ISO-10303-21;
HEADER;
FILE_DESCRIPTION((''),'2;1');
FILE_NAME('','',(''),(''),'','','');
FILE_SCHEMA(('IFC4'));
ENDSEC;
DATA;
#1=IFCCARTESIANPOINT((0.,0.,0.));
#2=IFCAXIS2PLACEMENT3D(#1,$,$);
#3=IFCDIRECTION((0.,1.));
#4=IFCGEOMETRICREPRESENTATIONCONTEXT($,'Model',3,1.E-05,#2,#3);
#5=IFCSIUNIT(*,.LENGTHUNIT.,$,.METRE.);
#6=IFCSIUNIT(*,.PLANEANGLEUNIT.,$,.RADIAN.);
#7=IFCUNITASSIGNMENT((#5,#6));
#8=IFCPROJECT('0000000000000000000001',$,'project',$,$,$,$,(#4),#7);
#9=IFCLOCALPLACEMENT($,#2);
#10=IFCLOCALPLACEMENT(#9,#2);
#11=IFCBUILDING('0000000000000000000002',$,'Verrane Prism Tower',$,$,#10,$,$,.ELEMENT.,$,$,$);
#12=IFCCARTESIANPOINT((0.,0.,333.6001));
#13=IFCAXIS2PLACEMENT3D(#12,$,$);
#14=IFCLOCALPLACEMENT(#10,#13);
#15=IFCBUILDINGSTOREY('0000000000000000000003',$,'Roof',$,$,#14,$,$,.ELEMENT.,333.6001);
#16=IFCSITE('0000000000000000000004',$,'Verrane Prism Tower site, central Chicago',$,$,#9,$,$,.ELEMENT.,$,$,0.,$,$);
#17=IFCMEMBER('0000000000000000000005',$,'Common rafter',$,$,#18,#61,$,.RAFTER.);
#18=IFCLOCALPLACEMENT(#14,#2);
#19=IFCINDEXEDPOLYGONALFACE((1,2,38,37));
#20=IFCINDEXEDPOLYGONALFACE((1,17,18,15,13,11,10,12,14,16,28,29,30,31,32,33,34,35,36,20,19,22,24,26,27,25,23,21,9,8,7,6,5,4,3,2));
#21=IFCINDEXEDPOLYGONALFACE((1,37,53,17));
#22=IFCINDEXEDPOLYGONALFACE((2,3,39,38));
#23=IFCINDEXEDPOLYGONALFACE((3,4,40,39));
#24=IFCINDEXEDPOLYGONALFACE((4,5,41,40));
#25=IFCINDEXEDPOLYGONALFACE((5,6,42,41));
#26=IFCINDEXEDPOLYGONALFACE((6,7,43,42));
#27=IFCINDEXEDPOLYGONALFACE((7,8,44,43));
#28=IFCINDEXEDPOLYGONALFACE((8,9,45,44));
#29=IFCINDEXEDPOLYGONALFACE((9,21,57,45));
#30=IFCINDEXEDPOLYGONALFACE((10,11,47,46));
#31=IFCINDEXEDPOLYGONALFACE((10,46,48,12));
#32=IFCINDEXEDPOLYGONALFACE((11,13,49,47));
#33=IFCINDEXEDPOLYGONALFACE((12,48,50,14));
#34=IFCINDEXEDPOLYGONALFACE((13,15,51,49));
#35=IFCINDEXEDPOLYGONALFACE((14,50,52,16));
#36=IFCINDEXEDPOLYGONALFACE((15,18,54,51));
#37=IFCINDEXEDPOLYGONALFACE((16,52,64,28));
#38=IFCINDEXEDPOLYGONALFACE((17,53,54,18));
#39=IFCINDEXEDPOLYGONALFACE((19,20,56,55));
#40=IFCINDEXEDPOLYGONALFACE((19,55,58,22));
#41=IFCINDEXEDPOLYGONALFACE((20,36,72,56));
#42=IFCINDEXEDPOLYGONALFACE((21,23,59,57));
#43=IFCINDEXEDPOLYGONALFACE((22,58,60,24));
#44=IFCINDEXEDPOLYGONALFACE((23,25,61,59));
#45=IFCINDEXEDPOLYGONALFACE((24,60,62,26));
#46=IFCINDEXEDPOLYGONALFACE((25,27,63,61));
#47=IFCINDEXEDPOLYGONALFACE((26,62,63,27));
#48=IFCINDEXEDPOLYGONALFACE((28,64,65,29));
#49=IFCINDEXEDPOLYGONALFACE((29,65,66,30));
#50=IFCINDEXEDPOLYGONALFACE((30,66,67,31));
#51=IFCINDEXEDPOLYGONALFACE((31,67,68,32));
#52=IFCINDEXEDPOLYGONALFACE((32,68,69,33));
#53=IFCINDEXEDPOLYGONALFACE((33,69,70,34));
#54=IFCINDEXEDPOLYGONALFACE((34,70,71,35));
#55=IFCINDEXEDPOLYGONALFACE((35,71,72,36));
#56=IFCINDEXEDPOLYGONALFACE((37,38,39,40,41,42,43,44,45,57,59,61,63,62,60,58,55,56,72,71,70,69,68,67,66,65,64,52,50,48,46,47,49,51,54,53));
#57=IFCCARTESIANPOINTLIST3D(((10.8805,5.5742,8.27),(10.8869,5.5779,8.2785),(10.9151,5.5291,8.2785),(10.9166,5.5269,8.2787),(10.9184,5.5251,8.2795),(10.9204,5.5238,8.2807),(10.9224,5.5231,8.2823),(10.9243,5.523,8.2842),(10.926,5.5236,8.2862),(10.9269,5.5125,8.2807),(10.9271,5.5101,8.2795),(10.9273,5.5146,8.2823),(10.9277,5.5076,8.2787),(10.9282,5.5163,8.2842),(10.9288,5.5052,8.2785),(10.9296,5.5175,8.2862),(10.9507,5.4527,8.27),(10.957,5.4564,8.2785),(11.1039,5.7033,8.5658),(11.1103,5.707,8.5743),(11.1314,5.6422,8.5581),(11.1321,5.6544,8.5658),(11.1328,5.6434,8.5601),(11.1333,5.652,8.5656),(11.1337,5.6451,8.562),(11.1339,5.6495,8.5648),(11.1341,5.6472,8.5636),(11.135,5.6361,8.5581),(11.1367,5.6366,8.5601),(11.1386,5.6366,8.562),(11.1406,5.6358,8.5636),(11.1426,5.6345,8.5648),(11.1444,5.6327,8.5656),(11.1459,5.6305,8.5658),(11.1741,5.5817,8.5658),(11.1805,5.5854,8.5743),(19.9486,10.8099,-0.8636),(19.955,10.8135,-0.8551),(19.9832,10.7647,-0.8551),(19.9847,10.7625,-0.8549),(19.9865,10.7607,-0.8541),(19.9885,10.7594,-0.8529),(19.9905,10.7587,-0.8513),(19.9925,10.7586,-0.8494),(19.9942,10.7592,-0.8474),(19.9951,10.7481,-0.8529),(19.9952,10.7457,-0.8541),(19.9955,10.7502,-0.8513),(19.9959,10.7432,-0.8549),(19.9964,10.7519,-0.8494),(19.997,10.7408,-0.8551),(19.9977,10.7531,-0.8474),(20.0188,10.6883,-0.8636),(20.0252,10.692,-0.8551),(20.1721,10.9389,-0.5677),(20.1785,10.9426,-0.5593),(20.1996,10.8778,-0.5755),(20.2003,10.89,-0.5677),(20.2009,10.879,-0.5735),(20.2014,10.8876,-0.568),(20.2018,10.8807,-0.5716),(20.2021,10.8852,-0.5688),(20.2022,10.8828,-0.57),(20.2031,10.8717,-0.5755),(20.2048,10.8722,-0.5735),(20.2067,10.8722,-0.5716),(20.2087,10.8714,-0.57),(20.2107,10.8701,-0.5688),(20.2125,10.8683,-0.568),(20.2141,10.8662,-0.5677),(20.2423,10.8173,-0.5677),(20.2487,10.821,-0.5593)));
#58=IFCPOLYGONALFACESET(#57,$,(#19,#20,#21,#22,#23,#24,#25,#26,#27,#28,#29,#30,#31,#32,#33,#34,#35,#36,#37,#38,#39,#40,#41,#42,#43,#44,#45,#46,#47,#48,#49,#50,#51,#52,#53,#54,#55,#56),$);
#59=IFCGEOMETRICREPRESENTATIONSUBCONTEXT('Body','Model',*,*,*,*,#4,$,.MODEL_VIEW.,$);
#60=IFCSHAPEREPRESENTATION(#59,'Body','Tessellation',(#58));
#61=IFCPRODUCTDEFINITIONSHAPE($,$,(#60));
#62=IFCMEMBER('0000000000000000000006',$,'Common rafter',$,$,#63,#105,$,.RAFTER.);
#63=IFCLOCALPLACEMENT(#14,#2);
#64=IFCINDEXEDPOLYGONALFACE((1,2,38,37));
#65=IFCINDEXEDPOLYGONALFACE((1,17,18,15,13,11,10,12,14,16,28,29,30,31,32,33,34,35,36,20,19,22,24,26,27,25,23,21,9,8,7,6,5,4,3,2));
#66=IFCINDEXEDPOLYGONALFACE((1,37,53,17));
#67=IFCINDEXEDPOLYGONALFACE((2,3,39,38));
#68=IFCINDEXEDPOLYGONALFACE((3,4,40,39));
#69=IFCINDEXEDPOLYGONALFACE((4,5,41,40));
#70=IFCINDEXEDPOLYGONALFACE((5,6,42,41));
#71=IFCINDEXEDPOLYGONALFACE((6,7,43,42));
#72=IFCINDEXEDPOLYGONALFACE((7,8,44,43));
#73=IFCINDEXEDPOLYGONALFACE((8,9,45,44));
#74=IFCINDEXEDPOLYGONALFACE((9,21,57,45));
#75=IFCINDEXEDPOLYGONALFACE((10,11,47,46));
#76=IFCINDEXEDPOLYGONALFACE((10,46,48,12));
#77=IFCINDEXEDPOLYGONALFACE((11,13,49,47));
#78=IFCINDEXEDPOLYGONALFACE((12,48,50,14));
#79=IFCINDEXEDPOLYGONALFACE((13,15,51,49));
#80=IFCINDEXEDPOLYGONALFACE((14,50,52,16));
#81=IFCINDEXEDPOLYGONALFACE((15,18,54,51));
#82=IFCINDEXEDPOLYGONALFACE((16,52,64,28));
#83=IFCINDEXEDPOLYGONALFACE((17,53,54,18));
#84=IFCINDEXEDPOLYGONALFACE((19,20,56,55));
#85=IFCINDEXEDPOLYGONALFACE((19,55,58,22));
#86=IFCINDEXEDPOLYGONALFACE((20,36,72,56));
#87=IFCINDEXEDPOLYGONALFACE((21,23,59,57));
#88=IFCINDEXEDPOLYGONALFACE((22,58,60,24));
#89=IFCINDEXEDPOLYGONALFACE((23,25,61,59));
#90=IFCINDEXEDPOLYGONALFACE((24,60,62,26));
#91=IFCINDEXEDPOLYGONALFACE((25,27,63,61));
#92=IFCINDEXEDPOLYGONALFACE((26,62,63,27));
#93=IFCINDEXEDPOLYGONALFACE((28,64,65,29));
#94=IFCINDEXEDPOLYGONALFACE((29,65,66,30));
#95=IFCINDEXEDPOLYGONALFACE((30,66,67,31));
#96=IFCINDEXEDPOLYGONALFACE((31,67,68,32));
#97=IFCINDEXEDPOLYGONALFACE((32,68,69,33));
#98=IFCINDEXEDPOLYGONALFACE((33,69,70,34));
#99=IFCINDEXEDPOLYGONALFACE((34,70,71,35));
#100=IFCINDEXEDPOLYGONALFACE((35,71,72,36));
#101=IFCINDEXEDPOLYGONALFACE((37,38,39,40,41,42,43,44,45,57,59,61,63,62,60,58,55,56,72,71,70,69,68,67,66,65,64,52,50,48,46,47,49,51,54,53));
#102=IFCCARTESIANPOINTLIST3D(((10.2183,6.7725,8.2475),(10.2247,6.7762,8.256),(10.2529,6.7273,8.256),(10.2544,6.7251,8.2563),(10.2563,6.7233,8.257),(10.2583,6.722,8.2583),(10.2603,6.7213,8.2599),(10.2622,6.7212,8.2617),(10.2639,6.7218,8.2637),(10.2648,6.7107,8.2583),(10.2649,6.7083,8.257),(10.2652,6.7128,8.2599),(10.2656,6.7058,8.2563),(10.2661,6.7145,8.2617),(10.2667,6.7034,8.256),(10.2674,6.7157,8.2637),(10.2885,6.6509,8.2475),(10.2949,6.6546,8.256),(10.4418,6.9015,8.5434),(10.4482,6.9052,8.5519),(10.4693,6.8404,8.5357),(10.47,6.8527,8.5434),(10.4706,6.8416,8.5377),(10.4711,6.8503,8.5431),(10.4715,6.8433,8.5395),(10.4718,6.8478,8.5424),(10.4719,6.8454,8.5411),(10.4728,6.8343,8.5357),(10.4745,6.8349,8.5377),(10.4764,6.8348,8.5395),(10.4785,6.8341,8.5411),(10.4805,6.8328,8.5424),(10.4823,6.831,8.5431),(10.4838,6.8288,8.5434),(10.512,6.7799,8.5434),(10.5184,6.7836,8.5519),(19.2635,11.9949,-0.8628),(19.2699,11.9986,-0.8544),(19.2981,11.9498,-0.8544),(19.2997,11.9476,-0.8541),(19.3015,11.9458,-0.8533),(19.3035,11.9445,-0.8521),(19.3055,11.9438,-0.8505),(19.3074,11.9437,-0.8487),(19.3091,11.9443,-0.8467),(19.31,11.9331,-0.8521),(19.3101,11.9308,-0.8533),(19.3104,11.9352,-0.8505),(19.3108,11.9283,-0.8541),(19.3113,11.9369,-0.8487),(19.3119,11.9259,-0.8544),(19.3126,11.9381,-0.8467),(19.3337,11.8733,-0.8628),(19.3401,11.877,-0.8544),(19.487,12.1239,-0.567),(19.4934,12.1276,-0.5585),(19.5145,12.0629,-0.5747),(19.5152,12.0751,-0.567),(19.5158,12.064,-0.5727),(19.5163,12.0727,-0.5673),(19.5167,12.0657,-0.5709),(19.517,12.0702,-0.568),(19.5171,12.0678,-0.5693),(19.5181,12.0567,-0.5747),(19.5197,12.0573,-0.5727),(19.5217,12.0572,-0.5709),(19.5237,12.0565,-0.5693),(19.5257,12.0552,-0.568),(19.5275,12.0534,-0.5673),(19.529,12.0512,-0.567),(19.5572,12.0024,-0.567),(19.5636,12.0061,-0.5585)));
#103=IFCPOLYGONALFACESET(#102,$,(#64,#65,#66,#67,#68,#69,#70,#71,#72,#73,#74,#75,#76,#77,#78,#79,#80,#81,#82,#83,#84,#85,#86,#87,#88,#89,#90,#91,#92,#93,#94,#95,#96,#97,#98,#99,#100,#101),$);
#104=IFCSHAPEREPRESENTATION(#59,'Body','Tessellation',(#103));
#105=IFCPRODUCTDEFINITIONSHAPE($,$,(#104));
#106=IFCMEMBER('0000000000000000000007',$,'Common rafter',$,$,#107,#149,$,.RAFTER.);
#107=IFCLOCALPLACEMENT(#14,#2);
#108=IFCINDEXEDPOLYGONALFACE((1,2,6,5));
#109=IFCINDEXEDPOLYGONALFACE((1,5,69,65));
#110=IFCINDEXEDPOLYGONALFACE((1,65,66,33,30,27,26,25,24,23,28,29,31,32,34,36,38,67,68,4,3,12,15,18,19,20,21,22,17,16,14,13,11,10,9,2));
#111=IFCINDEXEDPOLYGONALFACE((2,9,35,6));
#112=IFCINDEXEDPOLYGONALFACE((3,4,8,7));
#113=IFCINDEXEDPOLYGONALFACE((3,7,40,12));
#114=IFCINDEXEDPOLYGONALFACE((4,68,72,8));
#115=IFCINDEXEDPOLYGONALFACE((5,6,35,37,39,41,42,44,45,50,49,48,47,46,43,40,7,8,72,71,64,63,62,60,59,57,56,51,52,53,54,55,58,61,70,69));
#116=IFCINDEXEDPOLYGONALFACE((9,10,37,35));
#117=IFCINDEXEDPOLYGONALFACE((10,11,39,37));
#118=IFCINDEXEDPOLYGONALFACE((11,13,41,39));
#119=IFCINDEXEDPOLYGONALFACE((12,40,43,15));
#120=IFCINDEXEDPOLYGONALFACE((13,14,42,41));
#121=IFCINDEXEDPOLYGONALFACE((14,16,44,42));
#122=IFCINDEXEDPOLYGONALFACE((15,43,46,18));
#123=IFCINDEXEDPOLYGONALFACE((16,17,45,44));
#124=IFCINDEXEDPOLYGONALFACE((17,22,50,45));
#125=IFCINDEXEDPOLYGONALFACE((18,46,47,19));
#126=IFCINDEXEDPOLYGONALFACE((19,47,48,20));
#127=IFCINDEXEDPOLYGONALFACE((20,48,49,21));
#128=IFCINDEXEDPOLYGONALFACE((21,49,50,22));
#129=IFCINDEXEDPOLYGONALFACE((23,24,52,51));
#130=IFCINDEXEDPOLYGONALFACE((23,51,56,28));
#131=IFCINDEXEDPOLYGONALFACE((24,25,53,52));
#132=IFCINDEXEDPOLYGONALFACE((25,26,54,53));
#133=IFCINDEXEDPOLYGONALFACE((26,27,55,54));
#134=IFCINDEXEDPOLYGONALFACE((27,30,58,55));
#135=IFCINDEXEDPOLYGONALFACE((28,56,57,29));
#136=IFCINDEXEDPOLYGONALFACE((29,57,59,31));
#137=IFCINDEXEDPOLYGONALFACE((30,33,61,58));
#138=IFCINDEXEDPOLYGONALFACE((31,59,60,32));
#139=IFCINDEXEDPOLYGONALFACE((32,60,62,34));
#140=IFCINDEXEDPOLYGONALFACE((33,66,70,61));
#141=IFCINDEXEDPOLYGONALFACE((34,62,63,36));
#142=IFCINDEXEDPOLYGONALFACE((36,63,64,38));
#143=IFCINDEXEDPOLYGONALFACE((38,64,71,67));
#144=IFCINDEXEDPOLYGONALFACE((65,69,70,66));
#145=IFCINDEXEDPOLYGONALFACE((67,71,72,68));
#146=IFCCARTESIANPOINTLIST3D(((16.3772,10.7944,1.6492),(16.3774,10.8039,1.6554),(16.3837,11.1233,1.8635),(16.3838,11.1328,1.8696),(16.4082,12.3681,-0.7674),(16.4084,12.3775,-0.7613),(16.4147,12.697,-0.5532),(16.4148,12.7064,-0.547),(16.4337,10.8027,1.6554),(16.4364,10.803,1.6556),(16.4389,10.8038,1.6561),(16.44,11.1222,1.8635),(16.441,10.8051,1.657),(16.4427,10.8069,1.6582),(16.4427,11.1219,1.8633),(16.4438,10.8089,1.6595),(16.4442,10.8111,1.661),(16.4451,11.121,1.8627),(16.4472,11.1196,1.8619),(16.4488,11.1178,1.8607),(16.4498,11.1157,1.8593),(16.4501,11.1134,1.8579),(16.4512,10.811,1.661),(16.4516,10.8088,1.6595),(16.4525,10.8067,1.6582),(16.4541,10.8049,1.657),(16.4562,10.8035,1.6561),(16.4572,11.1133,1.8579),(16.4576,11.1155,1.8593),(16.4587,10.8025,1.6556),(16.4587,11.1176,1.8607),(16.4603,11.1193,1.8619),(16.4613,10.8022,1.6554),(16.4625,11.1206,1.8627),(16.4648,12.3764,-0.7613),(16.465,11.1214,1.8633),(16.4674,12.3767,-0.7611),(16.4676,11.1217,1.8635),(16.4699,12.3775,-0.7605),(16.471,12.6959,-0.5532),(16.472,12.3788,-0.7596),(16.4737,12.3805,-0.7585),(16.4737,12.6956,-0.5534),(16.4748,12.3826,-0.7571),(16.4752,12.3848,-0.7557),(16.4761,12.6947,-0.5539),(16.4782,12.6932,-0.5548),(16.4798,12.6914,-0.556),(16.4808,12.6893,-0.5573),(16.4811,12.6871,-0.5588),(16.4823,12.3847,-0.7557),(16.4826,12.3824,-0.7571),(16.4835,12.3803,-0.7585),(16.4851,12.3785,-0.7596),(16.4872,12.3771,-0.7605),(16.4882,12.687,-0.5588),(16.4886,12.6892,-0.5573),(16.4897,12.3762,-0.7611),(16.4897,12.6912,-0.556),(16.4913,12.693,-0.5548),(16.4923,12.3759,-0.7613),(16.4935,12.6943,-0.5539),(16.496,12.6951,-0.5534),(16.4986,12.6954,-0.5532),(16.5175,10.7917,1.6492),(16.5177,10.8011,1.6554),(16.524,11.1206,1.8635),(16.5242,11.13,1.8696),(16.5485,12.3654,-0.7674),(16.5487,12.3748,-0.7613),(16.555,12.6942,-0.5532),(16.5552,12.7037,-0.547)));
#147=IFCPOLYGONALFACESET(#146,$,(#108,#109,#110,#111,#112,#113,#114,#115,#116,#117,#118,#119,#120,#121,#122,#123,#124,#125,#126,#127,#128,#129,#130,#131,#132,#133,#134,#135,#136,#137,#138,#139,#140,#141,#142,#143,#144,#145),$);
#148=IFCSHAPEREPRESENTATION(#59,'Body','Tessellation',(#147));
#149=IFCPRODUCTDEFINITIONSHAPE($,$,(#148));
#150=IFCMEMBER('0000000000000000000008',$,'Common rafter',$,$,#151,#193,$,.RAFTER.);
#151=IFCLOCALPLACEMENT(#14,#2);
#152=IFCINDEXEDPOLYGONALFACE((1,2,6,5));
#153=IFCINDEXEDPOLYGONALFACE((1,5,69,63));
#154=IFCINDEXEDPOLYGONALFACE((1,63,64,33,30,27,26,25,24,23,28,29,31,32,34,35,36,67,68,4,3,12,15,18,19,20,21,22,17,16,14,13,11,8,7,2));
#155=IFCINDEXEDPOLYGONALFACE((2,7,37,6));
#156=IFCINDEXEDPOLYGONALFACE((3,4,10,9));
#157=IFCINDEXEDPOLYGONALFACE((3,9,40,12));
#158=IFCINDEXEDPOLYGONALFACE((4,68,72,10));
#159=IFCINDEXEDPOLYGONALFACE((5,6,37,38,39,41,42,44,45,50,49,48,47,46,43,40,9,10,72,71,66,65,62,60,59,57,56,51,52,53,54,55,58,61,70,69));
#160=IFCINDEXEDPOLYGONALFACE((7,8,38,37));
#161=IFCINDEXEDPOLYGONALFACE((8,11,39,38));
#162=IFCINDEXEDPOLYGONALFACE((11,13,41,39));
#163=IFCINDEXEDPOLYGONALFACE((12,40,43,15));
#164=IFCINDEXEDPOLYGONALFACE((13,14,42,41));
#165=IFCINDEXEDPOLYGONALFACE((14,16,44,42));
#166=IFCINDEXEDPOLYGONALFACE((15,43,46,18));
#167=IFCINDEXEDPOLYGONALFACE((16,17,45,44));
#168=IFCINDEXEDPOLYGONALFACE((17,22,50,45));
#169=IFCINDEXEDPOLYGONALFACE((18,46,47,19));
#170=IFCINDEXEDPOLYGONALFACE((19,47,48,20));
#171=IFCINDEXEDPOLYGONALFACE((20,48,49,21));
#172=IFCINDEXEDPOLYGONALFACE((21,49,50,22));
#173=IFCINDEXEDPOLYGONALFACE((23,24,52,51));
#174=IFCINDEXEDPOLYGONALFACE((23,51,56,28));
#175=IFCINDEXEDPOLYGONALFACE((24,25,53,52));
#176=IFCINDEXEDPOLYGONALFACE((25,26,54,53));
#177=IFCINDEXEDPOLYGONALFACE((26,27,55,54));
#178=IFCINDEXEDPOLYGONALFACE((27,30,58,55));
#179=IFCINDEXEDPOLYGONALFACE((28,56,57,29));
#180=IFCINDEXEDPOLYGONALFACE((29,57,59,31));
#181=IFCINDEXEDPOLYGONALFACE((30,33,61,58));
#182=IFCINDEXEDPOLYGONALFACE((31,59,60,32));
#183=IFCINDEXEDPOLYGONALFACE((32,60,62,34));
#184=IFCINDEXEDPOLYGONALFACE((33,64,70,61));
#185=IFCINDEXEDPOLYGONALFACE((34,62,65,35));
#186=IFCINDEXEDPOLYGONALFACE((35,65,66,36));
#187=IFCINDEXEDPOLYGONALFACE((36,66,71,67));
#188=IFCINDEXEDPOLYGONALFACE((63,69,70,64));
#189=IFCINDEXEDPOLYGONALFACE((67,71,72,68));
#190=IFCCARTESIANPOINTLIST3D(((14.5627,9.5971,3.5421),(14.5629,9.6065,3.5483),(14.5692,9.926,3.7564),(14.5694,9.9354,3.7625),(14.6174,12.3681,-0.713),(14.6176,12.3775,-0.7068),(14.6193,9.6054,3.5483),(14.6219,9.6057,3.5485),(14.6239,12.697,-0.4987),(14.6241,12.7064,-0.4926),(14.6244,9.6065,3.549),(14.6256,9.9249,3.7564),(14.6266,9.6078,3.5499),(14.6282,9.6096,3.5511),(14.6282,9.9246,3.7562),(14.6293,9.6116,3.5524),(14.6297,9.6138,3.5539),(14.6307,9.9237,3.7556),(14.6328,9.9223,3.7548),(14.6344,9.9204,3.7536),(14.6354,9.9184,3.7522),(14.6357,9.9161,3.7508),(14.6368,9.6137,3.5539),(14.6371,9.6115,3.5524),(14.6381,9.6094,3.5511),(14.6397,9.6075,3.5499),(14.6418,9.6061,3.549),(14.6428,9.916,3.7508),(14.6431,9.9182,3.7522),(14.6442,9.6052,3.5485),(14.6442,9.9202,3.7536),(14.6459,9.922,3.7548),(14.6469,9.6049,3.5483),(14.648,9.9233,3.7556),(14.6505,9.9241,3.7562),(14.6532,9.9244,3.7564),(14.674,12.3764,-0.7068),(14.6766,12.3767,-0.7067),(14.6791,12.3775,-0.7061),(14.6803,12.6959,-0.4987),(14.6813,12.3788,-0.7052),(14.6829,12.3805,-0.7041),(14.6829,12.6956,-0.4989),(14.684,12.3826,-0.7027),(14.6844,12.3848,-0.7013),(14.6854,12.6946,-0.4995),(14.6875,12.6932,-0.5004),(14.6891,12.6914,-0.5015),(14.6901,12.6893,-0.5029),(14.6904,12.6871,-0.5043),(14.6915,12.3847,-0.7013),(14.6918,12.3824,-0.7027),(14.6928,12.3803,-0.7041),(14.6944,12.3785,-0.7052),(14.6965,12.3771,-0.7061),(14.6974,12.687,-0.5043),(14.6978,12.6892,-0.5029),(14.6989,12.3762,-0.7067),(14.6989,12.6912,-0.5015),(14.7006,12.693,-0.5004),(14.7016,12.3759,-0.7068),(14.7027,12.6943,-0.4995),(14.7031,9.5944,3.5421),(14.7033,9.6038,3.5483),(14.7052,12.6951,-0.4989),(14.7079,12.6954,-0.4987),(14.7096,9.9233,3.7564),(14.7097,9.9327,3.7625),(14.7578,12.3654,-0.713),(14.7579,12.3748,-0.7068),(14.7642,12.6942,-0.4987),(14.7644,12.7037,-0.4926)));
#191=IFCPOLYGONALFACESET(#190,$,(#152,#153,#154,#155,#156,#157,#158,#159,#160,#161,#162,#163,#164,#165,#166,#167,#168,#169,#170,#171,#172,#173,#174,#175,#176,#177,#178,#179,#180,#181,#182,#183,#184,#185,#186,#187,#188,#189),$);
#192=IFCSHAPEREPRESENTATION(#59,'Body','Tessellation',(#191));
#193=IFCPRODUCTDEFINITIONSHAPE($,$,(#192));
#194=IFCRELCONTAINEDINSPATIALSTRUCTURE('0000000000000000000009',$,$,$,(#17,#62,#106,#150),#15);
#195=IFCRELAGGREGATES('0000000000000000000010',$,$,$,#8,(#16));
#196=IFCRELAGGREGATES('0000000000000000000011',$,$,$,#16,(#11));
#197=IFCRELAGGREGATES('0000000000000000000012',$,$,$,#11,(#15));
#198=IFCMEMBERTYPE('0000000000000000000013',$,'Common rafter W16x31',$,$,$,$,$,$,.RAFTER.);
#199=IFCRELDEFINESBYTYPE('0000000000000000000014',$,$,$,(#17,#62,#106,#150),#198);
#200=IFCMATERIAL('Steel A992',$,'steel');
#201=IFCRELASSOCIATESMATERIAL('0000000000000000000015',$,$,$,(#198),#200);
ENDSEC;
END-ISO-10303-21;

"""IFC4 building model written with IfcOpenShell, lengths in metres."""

from ifc_helpers import new_model, si_unit, direction, frame, origin, origin_2d, place, context, subcontext, project, spatial, i_section, extrude, material, material_profile, profile_set, type_object, element, save


model = new_model("IFC4")

# Units and contexts
model_context = context("Model", 3, precision=1e-05, world=origin(), true_north=direction((0.0, 1.0)))
body_context = subcontext(model_context, "Body", "Model", "MODEL_VIEW")
ifc_project = project(units=[si_unit("LENGTHUNIT", "METRE"), si_unit("PLANEANGLEUNIT", "RADIAN")], contexts=[model_context])

# Site, building, storey
site_placement = place(None, origin())
site = spatial("IfcSite", under=ifc_project, at=site_placement, Name="Verrane Prism Tower site, central Chicago", CompositionType="ELEMENT", RefElevation=0.0)
building_placement = place(site_placement, origin())
building = spatial("IfcBuilding", under=site, at=building_placement, Name="Verrane Prism Tower", CompositionType="ELEMENT")
storey_placement = place(building_placement, frame((0.0, 0.0, 333.6001)))
storey = spatial("IfcBuildingStorey", under=building, at=storey_placement, Name="Roof", CompositionType="ELEMENT", Elevation=333.6001)

# Members
ifc_material_1 = material(Name="Steel A992", Category="steel")
ifc_material_profile_1 = material_profile(ifc_material_1, i_section(OverallWidth=0.1404, OverallDepth=0.4038, WebThickness=0.0071, FlangeThickness=0.0112, FilletRadius=0.0103, at=origin_2d()), Name="W16x31")
ifc_profile_set_1 = profile_set([ifc_material_profile_1], Name="Steel A992")
member_type_1 = type_object("IfcMemberType", Name="Common rafter W16x31", PredefinedType="RAFTER", material=ifc_profile_set_1)
member_1_placement = place(storey_placement, frame((20.0986, 10.8154, -0.7114), z_axis=(-0.652629, -0.376804, 0.657338), x_axis=(0.500008, -0.866021, 0.0)))
element("IfcMember", 1, at=member_1_placement, inside=storey, type_object=member_type_1, Name="Common rafter", PredefinedType="RAFTER", context=body_context, shape_type="SweptSolid", body=[
    extrude(i_section(OverallWidth=0.1404, OverallDepth=0.4038, WebThickness=0.0071, FlangeThickness=0.0112, FilletRadius=0.0103, at=origin_2d()), origin(), (0.0, 0.0, 1.0), 13.8948),
])
member_2_placement = place(storey_placement, frame((19.4136, 12.0005, -0.7107), z_axis=(-0.652631, -0.37681, 0.657334), x_axis=(0.500013, -0.866018, 0.0)))
element("IfcMember", 2, at=member_2_placement, inside=storey, type_object=member_type_1, Name="Common rafter", PredefinedType="RAFTER", context=body_context, shape_type="SweptSolid", body=[
    extrude(i_section(OverallWidth=0.1404, OverallDepth=0.4038, WebThickness=0.0071, FlangeThickness=0.0112, FilletRadius=0.0103, at=origin_2d()), origin(), (0.0, 0.0, 1.0), 13.8596),
])
member_3_placement = place(storey_placement, frame((16.4817, 12.5359, -0.6572), z_axis=(-0.01075, -0.54565, 0.837944), x_axis=(0.999806, -0.019698, 0.0)))
element("IfcMember", 3, at=member_3_placement, inside=storey, type_object=member_type_1, Name="Common rafter", PredefinedType="RAFTER", context=body_context, shape_type="SweptSolid", body=[
    extrude(i_section(OverallWidth=0.1404, OverallDepth=0.4038, WebThickness=0.0071, FlangeThickness=0.0112, FilletRadius=0.0103, at=origin_2d()), origin(), (0.0, 0.0, 1.0), 2.884),
])
member_4_placement = place(storey_placement, frame((14.6909, 12.5359, -0.6028), z_axis=(-0.010769, -0.545671, 0.83793), x_axis=(0.999805, -0.019732, 0.0)))
element("IfcMember", 4, at=member_4_placement, inside=storey, type_object=member_type_1, Name="Common rafter", PredefinedType="RAFTER", context=body_context, shape_type="SweptSolid", body=[
    extrude(i_section(OverallWidth=0.1404, OverallDepth=0.4038, WebThickness=0.0071, FlangeThickness=0.0112, FilletRadius=0.0103, at=origin_2d()), origin(), (0.0, 0.0, 1.0), 5.0781),
])

save(model, "model.ifc")
